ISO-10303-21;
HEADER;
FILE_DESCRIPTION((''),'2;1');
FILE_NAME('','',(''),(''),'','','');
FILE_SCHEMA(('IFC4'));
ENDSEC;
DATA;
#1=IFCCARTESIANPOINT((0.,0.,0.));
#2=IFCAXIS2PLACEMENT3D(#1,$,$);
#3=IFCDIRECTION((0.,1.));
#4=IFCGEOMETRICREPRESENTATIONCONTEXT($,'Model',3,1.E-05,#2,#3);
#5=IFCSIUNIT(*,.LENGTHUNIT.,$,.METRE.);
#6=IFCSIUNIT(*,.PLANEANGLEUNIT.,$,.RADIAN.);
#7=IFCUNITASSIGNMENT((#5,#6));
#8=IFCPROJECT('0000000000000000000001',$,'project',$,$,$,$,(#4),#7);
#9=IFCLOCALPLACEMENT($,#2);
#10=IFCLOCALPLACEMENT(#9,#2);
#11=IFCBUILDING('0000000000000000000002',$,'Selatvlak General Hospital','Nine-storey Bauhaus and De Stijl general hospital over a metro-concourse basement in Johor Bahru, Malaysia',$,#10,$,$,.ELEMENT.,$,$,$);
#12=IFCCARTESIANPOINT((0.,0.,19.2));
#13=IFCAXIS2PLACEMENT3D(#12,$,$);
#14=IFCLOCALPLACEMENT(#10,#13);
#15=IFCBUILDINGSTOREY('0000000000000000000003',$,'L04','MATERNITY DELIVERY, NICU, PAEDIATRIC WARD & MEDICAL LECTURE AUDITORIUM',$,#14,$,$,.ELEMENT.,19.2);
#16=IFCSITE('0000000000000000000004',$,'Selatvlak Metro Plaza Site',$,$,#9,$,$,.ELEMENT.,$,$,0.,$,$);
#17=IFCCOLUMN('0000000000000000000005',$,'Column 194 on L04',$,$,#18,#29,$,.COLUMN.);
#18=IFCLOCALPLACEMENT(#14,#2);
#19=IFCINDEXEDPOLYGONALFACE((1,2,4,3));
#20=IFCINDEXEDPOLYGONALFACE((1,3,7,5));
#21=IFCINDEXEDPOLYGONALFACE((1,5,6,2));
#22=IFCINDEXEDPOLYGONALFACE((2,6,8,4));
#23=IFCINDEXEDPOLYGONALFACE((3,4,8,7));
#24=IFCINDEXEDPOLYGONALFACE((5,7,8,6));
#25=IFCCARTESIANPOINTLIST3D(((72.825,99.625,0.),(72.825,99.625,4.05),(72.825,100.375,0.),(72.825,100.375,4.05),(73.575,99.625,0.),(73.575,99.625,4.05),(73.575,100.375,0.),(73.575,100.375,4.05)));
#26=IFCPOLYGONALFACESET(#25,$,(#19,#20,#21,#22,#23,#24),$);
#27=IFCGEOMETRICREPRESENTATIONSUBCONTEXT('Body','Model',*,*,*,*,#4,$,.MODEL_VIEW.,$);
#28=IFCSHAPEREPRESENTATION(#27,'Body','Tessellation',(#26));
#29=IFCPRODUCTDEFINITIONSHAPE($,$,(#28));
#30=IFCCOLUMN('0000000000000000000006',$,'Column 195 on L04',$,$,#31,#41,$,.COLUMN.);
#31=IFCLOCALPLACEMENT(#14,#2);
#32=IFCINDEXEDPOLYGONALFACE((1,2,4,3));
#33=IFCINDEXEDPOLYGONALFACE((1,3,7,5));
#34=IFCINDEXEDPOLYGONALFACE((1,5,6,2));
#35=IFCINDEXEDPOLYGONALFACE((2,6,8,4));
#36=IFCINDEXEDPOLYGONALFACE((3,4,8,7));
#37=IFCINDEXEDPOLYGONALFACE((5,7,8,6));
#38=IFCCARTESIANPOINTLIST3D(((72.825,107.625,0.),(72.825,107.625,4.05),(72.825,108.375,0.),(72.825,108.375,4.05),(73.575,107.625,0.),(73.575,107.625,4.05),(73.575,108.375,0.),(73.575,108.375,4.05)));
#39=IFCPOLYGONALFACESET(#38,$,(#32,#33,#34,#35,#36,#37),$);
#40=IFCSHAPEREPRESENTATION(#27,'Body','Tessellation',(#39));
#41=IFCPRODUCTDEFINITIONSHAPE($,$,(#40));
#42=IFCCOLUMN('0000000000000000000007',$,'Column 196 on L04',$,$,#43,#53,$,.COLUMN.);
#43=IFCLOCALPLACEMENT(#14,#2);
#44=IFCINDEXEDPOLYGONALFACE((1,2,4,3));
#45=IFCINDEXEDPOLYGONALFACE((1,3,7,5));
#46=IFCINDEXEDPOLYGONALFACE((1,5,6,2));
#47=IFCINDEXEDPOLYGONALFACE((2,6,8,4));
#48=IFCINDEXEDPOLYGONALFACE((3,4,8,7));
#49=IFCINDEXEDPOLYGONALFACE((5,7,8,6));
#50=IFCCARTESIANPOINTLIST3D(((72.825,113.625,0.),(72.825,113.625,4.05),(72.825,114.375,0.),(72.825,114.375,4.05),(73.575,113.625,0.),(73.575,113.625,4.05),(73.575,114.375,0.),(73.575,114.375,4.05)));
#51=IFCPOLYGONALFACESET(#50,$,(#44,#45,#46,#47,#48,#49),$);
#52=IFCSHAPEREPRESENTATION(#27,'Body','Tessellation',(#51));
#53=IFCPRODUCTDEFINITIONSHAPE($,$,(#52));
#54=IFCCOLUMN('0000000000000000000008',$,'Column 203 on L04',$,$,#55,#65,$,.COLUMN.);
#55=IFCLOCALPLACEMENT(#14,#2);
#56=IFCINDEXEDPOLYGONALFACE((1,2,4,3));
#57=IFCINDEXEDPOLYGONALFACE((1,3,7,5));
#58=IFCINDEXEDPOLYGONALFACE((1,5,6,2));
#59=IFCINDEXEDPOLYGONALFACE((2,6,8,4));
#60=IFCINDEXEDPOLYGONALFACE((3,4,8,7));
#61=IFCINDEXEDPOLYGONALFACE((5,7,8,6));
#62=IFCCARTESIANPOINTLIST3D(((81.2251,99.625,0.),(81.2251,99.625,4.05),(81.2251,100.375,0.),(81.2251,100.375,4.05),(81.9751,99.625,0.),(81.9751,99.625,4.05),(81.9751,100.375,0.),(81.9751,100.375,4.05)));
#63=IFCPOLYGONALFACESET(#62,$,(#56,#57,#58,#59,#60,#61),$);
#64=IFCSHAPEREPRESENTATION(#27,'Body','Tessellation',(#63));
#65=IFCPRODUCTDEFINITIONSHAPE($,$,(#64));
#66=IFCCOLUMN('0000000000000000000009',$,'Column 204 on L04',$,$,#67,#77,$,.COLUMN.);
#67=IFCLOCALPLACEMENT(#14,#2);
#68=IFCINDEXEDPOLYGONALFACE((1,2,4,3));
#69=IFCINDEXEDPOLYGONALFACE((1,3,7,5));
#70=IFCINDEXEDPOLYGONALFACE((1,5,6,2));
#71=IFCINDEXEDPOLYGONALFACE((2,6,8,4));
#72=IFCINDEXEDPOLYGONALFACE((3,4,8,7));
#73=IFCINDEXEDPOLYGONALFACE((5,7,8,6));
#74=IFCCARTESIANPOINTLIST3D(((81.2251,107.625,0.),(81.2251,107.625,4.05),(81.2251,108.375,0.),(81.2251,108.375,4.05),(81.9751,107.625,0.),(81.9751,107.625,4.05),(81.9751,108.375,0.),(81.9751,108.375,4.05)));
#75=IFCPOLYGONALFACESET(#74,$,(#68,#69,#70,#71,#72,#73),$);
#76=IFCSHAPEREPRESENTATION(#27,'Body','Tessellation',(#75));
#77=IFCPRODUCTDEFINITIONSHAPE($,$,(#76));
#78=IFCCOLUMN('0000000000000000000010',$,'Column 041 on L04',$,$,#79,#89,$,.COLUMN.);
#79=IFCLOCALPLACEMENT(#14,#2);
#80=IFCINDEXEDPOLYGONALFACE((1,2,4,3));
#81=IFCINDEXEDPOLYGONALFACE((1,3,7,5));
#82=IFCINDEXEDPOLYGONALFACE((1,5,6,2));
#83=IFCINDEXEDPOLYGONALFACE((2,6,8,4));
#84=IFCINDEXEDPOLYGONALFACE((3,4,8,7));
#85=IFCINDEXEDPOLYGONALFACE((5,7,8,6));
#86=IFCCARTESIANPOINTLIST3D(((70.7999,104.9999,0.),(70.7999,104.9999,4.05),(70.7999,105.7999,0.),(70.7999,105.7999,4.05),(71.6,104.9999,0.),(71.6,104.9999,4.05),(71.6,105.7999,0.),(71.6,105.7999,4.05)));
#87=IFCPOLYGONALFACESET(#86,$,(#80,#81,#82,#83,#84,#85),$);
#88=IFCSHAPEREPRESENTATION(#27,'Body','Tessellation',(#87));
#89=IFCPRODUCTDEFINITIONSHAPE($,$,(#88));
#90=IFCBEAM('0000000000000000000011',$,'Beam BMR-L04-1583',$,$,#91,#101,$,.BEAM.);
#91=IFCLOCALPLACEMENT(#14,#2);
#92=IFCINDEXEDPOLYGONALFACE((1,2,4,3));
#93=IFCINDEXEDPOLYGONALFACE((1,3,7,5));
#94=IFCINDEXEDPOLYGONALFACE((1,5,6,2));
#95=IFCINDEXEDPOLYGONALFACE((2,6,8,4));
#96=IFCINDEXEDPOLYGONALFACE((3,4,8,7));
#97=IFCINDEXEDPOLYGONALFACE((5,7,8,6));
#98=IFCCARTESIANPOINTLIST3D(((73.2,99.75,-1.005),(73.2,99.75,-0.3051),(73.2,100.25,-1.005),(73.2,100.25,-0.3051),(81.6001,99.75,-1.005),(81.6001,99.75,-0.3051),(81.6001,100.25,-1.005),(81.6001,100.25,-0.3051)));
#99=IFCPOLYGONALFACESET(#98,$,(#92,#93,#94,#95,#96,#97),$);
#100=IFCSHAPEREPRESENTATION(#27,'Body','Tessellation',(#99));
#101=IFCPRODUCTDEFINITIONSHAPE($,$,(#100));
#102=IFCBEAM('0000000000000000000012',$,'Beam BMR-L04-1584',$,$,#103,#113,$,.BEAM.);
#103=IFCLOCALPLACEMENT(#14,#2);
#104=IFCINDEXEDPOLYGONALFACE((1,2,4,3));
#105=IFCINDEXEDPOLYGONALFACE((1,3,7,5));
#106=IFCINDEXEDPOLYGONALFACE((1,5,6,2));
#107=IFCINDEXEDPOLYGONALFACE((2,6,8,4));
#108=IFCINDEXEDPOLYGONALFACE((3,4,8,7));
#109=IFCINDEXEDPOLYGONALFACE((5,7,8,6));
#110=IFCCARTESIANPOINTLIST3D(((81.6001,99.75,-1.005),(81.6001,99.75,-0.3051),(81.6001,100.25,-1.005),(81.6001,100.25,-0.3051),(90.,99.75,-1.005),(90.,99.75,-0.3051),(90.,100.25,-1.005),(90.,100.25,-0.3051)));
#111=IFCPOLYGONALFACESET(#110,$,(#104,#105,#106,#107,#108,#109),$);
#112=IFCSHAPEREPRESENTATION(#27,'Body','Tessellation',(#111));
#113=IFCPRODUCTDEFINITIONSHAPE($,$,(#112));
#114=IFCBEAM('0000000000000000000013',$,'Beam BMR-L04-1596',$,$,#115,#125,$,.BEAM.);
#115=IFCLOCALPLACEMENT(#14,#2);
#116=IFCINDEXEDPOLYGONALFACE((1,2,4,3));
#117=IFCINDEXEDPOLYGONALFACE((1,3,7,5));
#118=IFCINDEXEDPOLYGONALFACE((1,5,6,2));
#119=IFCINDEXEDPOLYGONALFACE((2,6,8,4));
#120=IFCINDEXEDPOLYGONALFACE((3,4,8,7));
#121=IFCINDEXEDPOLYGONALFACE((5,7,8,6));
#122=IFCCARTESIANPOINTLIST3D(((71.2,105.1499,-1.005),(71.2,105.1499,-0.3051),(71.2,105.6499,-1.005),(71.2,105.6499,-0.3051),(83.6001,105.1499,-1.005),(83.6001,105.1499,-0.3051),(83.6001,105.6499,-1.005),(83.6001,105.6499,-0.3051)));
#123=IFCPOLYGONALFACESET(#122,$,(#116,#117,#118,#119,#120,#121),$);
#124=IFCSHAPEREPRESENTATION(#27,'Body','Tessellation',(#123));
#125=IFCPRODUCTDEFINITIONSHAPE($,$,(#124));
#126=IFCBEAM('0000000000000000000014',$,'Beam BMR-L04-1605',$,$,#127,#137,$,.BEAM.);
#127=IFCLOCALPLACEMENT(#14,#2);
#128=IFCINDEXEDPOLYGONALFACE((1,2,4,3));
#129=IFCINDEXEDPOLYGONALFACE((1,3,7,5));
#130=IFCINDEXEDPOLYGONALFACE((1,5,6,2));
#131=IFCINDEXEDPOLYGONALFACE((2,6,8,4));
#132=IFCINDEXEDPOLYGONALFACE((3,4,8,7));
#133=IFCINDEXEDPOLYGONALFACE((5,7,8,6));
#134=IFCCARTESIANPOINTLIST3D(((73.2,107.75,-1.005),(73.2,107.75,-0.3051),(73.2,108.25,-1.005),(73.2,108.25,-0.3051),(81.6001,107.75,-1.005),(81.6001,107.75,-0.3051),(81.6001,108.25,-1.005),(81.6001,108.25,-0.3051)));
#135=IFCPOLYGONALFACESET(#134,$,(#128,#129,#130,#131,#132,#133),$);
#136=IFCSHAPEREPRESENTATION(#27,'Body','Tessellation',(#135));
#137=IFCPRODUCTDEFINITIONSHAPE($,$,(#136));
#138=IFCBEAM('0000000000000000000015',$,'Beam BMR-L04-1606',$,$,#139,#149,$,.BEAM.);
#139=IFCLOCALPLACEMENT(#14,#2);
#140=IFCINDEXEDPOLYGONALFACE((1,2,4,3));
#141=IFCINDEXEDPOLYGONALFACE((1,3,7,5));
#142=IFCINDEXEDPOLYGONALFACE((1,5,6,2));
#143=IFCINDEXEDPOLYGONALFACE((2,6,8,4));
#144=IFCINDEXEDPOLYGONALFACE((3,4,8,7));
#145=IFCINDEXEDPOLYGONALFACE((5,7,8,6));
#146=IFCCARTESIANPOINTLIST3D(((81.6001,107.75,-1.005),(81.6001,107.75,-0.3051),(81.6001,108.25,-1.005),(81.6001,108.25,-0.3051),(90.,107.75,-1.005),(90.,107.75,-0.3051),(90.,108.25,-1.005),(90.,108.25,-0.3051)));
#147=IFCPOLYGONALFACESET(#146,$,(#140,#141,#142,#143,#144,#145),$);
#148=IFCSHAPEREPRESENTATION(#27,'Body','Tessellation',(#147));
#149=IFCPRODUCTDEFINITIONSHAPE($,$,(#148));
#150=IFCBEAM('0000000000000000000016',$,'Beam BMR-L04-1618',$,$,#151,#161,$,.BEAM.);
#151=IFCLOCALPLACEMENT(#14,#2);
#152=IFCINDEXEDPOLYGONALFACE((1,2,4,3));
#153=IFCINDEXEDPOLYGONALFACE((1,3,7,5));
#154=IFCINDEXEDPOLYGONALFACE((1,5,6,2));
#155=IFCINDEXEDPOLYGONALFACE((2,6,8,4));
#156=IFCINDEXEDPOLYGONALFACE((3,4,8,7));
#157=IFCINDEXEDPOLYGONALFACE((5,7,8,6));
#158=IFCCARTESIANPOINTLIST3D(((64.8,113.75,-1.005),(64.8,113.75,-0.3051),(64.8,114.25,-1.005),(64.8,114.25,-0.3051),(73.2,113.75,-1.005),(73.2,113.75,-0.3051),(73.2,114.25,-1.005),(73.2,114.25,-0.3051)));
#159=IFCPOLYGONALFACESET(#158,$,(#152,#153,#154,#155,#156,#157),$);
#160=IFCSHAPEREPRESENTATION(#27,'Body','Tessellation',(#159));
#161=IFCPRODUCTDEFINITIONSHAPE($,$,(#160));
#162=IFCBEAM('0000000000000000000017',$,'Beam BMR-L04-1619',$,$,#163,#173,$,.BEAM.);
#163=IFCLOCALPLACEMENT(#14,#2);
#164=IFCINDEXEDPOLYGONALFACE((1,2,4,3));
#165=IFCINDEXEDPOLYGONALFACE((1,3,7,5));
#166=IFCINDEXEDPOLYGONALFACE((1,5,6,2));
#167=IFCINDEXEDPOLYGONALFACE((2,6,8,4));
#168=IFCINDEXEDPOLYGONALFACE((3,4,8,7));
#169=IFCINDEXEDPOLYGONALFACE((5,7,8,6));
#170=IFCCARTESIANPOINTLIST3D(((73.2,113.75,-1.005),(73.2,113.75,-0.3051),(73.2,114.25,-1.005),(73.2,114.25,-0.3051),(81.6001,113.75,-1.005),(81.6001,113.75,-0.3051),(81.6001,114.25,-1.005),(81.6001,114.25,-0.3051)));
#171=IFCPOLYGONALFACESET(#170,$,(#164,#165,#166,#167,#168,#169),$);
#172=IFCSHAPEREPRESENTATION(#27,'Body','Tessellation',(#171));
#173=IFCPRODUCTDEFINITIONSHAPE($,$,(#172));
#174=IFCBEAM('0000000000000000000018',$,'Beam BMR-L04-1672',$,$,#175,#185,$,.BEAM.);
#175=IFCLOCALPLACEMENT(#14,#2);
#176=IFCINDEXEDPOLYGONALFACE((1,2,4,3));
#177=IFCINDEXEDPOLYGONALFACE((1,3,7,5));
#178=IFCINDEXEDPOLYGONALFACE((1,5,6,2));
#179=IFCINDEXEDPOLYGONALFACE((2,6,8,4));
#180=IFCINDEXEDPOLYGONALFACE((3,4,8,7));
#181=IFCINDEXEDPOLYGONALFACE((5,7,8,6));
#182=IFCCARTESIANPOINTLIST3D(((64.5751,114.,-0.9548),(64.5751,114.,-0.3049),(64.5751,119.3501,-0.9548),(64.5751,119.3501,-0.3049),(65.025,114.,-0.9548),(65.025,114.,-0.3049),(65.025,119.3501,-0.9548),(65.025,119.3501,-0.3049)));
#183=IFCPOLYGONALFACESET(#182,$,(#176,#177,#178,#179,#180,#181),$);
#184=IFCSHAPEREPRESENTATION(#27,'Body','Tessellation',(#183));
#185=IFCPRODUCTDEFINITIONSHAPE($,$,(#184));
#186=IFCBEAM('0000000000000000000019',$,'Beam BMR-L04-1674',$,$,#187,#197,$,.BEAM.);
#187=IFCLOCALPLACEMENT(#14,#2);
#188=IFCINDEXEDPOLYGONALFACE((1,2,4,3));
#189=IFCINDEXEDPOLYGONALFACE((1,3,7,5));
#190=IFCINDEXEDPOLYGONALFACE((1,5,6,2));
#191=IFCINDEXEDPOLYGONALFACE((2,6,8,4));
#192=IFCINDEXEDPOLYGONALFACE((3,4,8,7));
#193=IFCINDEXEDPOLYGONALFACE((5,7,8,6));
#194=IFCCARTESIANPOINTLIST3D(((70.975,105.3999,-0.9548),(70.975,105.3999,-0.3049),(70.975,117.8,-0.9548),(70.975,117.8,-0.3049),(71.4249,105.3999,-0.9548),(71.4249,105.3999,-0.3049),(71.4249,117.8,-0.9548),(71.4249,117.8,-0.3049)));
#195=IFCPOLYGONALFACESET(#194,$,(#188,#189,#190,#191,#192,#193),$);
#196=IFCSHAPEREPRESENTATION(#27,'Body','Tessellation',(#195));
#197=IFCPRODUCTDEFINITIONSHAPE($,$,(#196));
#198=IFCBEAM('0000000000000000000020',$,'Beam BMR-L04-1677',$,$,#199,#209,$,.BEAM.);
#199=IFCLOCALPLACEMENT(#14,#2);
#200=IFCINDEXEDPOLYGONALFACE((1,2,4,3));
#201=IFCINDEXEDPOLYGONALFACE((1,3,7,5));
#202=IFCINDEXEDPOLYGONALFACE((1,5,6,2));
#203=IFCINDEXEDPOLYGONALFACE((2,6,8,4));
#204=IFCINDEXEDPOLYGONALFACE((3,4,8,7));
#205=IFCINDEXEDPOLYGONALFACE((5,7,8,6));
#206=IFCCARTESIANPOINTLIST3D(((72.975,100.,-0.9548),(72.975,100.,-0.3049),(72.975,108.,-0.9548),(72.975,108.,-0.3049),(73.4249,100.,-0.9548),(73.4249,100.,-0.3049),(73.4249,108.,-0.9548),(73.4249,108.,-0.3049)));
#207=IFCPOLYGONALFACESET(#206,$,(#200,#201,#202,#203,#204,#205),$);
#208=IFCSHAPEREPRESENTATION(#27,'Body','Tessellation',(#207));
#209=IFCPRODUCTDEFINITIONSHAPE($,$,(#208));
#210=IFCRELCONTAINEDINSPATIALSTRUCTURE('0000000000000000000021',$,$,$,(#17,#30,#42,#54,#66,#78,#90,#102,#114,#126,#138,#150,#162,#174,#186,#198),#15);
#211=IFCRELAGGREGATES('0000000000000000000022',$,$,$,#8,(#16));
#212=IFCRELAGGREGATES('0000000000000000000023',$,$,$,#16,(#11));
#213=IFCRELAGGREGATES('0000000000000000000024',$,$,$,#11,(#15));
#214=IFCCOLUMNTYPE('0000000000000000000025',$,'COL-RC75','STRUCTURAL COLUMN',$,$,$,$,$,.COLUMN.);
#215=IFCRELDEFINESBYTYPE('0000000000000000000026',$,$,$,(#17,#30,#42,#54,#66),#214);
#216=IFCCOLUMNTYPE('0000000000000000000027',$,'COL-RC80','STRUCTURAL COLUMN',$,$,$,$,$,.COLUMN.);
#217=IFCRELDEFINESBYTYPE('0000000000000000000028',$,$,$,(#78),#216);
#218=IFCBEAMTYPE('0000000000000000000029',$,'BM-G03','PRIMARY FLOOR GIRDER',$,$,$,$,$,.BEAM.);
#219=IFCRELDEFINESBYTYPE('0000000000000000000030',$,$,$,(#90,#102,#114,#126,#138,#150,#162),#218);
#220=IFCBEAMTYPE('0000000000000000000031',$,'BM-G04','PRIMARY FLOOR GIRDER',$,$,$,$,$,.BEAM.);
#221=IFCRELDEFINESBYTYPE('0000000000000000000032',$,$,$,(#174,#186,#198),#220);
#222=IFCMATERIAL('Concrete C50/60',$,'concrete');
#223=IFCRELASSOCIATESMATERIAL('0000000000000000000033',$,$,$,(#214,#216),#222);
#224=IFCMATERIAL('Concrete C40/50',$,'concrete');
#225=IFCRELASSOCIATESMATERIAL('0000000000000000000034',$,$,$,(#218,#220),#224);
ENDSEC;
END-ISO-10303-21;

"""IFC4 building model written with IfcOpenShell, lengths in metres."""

from ifc_helpers import new_model, si_unit, direction, frame, origin, origin_2d, place, context, subcontext, project, spatial, rectangle, extrude, material, material_profile, profile_set, type_object, element, save


model = new_model("IFC4")

# Units and contexts
model_context = context("Model", 3, precision=1e-05, world=origin(), true_north=direction((0.0, 1.0)))
body_context = subcontext(model_context, "Body", "Model", "MODEL_VIEW")
ifc_project = project(units=[si_unit("LENGTHUNIT", "METRE"), si_unit("PLANEANGLEUNIT", "RADIAN")], contexts=[model_context])

# Site, building, storey
site_placement = place(None, origin())
site = spatial("IfcSite", under=ifc_project, at=site_placement, Name="Selatvlak Metro Plaza Site", CompositionType="ELEMENT", RefElevation=0.0)
building_placement = place(site_placement, origin())
building = spatial("IfcBuilding", under=site, at=building_placement, Name="Selatvlak General Hospital", Description="Nine-storey Bauhaus and De Stijl general hospital over a metro-concourse basement in Johor Bahru, Malaysia", CompositionType="ELEMENT")
storey_placement = place(building_placement, frame((0.0, 0.0, 19.2)))
storey = spatial("IfcBuildingStorey", under=building, at=storey_placement, Name="L04", Description="MATERNITY DELIVERY, NICU, PAEDIATRIC WARD & MEDICAL LECTURE AUDITORIUM", CompositionType="ELEMENT", Elevation=19.2)

# Columns
ifc_material_1 = material(Name="Concrete C50/60", Category="concrete")
ifc_material_profile_1 = material_profile(ifc_material_1, rectangle(XDim=0.75, YDim=0.75, at=origin_2d()), Name="RC-COL 750x750")
ifc_profile_set_1 = profile_set([ifc_material_profile_1], Name="Concrete C50/60")
column_type_1 = type_object("IfcColumnType", Name="COL-RC75", Description="STRUCTURAL COLUMN", PredefinedType="COLUMN", material=ifc_profile_set_1)
for number, where, z_axis, x_axis, name in (
    (1, (73.2, 100.0, 0.0), (0.0, 0.0, 1.0), (1.0, 0.0, 0.0), "Column 194 on L04"),
    (2, (73.2, 108.0, 0.0), (0.0, 0.0, 1.0), (1.0, 0.0, 0.0), "Column 195 on L04"),
    (3, (73.2, 114.0, 0.0), (0.0, 0.0, 1.0), (1.0, 0.0, 0.0), "Column 196 on L04"),
    (4, (81.6001, 100.0, 0.0), (0.0, 0.0, 1.0), (1.0, 0.0, 0.0), "Column 203 on L04"),
    (5, (81.6001, 108.0, 0.0), (0.0, 0.0, 1.0), (1.0, 0.0, 0.0), "Column 204 on L04"),
):
    element("IfcColumn", number, at=place(storey_placement, frame(where, z_axis=z_axis, x_axis=x_axis)), inside=storey, type_object=column_type_1, Name=name, PredefinedType="COLUMN", context=body_context, shape_type="SweptSolid", body=[
        extrude(rectangle(XDim=0.75, YDim=0.75, at=origin_2d()), origin(), (0.0, 0.0, 1.0), 4.05),
    ])
ifc_material_profile_2 = material_profile(ifc_material_1, rectangle(XDim=0.8, YDim=0.8, at=origin_2d()), Name="RC-COL 800x800")
ifc_profile_set_2 = profile_set([ifc_material_profile_2], Name="Concrete C50/60")
column_type_2 = type_object("IfcColumnType", Name="COL-RC80", Description="STRUCTURAL COLUMN", PredefinedType="COLUMN", material=ifc_profile_set_2)
column_placement = place(storey_placement, frame((71.2, 105.3999, 0.0), z_axis=(0.0, 0.0, 1.0), x_axis=(1.0, 0.0, 0.0)))
element("IfcColumn", 6, at=column_placement, inside=storey, type_object=column_type_2, Name="Column 041 on L04", PredefinedType="COLUMN", context=body_context, shape_type="SweptSolid", body=[
    extrude(rectangle(XDim=0.8, YDim=0.8, at=origin_2d()), origin(), (0.0, 0.0, 1.0), 4.05),
])

# Beams
ifc_material_2 = material(Name="Concrete C40/50", Category="concrete")
ifc_material_profile_3 = material_profile(ifc_material_2, rectangle(XDim=0.5, YDim=0.7, at=origin_2d()), Name="RC-BM 500x700")
ifc_profile_set_3 = profile_set([ifc_material_profile_3], Name="Concrete C40/50")
beam_type_1 = type_object("IfcBeamType", Name="BM-G03", Description="PRIMARY FLOOR GIRDER", PredefinedType="BEAM", material=ifc_profile_set_3)
beam_1_placement = place(storey_placement, frame((73.2, 100.0, -0.655), z_axis=(1.0, 0.0, 0.0), x_axis=(0.0, 1.0, 0.0)))
element("IfcBeam", 7, at=beam_1_placement, inside=storey, type_object=beam_type_1, Name="Beam BMR-L04-1583", PredefinedType="BEAM", context=body_context, shape_type="SweptSolid", body=[
    extrude(rectangle(XDim=0.5, YDim=0.7, at=origin_2d()), origin(), (0.0, 0.0, 1.0), 8.4001),
])
beam_2_placement = place(storey_placement, frame((81.6001, 100.0, -0.655), z_axis=(1.0, 0.0, 0.0), x_axis=(0.0, 1.0, 0.0)))
element("IfcBeam", 8, at=beam_2_placement, inside=storey, type_object=beam_type_1, Name="Beam BMR-L04-1584", PredefinedType="BEAM", context=body_context, shape_type="SweptSolid", body=[
    extrude(rectangle(XDim=0.5, YDim=0.7, at=origin_2d()), origin(), (0.0, 0.0, 1.0), 8.3999),
])
beam_3_placement = place(storey_placement, frame((71.2, 105.3999, -0.655), z_axis=(1.0, 0.0, 0.0), x_axis=(0.0, 1.0, 0.0)))
element("IfcBeam", 9, at=beam_3_placement, inside=storey, type_object=beam_type_1, Name="Beam BMR-L04-1596", PredefinedType="BEAM", context=body_context, shape_type="SweptSolid", body=[
    extrude(rectangle(XDim=0.5, YDim=0.7, at=origin_2d()), origin(), (0.0, 0.0, 1.0), 12.4001),
])
beam_4_placement = place(storey_placement, frame((73.2, 108.0, -0.655), z_axis=(1.0, 0.0, 0.0), x_axis=(0.0, 1.0, 0.0)))
element("IfcBeam", 10, at=beam_4_placement, inside=storey, type_object=beam_type_1, Name="Beam BMR-L04-1605", PredefinedType="BEAM", context=body_context, shape_type="SweptSolid", body=[
    extrude(rectangle(XDim=0.5, YDim=0.7, at=origin_2d()), origin(), (0.0, 0.0, 1.0), 8.4001),
])
for number, where, z_axis, x_axis, name in (
    (11, (81.6001, 108.0, -0.655), (1.0, 0.0, 0.0), (0.0, 1.0, 0.0), "Beam BMR-L04-1606"),
    (12, (64.8, 114.0, -0.655), (1.0, 0.0, 0.0), (0.0, 1.0, 0.0), "Beam BMR-L04-1618"),
):
    element("IfcBeam", number, at=place(storey_placement, frame(where, z_axis=z_axis, x_axis=x_axis)), inside=storey, type_object=beam_type_1, Name=name, PredefinedType="BEAM", context=body_context, shape_type="SweptSolid", body=[
        extrude(rectangle(XDim=0.5, YDim=0.7, at=origin_2d()), origin(), (0.0, 0.0, 1.0), 8.3999),
    ])
beam_5_placement = place(storey_placement, frame((73.2, 114.0, -0.655), z_axis=(1.0, 0.0, 0.0), x_axis=(0.0, 1.0, 0.0)))
element("IfcBeam", 13, at=beam_5_placement, inside=storey, type_object=beam_type_1, Name="Beam BMR-L04-1619", PredefinedType="BEAM", context=body_context, shape_type="SweptSolid", body=[
    extrude(rectangle(XDim=0.5, YDim=0.7, at=origin_2d()), origin(), (0.0, 0.0, 1.0), 8.4001),
])
ifc_material_profile_4 = material_profile(ifc_material_2, rectangle(XDim=0.45, YDim=0.6499, at=origin_2d()), Name="RC-BM 450x650")
ifc_profile_set_4 = profile_set([ifc_material_profile_4], Name="Concrete C40/50")
beam_type_2 = type_object("IfcBeamType", Name="BM-G04", Description="PRIMARY FLOOR GIRDER", PredefinedType="BEAM", material=ifc_profile_set_4)
beam_6_placement = place(storey_placement, frame((64.8, 114.0, -0.6299), z_axis=(0.0, 1.0, 0.0), x_axis=(-1.0, 0.0, 0.0)))
element("IfcBeam", 14, at=beam_6_placement, inside=storey, type_object=beam_type_2, Name="Beam BMR-L04-1672", PredefinedType="BEAM", context=body_context, shape_type="SweptSolid", body=[
    extrude(rectangle(XDim=0.45, YDim=0.6499, at=origin_2d()), origin(), (0.0, 0.0, 1.0), 5.3501),
])
beam_7_placement = place(storey_placement, frame((71.2, 105.3999, -0.6299), z_axis=(0.0, 1.0, 0.0), x_axis=(-1.0, 0.0, 0.0)))
element("IfcBeam", 15, at=beam_7_placement, inside=storey, type_object=beam_type_2, Name="Beam BMR-L04-1674", PredefinedType="BEAM", context=body_context, shape_type="SweptSolid", body=[
    extrude(rectangle(XDim=0.45, YDim=0.6499, at=origin_2d()), origin(), (0.0, 0.0, 1.0), 12.4001),
])
beam_8_placement = place(storey_placement, frame((73.2, 100.0, -0.6299), z_axis=(0.0, 1.0, 0.0), x_axis=(-1.0, 0.0, 0.0)))
element("IfcBeam", 16, at=beam_8_placement, inside=storey, type_object=beam_type_2, Name="Beam BMR-L04-1677", PredefinedType="BEAM", context=body_context, shape_type="SweptSolid", body=[
    extrude(rectangle(XDim=0.45, YDim=0.6499, at=origin_2d()), origin(), (0.0, 0.0, 1.0), 8.0),
])

save(model, "model.ifc")
